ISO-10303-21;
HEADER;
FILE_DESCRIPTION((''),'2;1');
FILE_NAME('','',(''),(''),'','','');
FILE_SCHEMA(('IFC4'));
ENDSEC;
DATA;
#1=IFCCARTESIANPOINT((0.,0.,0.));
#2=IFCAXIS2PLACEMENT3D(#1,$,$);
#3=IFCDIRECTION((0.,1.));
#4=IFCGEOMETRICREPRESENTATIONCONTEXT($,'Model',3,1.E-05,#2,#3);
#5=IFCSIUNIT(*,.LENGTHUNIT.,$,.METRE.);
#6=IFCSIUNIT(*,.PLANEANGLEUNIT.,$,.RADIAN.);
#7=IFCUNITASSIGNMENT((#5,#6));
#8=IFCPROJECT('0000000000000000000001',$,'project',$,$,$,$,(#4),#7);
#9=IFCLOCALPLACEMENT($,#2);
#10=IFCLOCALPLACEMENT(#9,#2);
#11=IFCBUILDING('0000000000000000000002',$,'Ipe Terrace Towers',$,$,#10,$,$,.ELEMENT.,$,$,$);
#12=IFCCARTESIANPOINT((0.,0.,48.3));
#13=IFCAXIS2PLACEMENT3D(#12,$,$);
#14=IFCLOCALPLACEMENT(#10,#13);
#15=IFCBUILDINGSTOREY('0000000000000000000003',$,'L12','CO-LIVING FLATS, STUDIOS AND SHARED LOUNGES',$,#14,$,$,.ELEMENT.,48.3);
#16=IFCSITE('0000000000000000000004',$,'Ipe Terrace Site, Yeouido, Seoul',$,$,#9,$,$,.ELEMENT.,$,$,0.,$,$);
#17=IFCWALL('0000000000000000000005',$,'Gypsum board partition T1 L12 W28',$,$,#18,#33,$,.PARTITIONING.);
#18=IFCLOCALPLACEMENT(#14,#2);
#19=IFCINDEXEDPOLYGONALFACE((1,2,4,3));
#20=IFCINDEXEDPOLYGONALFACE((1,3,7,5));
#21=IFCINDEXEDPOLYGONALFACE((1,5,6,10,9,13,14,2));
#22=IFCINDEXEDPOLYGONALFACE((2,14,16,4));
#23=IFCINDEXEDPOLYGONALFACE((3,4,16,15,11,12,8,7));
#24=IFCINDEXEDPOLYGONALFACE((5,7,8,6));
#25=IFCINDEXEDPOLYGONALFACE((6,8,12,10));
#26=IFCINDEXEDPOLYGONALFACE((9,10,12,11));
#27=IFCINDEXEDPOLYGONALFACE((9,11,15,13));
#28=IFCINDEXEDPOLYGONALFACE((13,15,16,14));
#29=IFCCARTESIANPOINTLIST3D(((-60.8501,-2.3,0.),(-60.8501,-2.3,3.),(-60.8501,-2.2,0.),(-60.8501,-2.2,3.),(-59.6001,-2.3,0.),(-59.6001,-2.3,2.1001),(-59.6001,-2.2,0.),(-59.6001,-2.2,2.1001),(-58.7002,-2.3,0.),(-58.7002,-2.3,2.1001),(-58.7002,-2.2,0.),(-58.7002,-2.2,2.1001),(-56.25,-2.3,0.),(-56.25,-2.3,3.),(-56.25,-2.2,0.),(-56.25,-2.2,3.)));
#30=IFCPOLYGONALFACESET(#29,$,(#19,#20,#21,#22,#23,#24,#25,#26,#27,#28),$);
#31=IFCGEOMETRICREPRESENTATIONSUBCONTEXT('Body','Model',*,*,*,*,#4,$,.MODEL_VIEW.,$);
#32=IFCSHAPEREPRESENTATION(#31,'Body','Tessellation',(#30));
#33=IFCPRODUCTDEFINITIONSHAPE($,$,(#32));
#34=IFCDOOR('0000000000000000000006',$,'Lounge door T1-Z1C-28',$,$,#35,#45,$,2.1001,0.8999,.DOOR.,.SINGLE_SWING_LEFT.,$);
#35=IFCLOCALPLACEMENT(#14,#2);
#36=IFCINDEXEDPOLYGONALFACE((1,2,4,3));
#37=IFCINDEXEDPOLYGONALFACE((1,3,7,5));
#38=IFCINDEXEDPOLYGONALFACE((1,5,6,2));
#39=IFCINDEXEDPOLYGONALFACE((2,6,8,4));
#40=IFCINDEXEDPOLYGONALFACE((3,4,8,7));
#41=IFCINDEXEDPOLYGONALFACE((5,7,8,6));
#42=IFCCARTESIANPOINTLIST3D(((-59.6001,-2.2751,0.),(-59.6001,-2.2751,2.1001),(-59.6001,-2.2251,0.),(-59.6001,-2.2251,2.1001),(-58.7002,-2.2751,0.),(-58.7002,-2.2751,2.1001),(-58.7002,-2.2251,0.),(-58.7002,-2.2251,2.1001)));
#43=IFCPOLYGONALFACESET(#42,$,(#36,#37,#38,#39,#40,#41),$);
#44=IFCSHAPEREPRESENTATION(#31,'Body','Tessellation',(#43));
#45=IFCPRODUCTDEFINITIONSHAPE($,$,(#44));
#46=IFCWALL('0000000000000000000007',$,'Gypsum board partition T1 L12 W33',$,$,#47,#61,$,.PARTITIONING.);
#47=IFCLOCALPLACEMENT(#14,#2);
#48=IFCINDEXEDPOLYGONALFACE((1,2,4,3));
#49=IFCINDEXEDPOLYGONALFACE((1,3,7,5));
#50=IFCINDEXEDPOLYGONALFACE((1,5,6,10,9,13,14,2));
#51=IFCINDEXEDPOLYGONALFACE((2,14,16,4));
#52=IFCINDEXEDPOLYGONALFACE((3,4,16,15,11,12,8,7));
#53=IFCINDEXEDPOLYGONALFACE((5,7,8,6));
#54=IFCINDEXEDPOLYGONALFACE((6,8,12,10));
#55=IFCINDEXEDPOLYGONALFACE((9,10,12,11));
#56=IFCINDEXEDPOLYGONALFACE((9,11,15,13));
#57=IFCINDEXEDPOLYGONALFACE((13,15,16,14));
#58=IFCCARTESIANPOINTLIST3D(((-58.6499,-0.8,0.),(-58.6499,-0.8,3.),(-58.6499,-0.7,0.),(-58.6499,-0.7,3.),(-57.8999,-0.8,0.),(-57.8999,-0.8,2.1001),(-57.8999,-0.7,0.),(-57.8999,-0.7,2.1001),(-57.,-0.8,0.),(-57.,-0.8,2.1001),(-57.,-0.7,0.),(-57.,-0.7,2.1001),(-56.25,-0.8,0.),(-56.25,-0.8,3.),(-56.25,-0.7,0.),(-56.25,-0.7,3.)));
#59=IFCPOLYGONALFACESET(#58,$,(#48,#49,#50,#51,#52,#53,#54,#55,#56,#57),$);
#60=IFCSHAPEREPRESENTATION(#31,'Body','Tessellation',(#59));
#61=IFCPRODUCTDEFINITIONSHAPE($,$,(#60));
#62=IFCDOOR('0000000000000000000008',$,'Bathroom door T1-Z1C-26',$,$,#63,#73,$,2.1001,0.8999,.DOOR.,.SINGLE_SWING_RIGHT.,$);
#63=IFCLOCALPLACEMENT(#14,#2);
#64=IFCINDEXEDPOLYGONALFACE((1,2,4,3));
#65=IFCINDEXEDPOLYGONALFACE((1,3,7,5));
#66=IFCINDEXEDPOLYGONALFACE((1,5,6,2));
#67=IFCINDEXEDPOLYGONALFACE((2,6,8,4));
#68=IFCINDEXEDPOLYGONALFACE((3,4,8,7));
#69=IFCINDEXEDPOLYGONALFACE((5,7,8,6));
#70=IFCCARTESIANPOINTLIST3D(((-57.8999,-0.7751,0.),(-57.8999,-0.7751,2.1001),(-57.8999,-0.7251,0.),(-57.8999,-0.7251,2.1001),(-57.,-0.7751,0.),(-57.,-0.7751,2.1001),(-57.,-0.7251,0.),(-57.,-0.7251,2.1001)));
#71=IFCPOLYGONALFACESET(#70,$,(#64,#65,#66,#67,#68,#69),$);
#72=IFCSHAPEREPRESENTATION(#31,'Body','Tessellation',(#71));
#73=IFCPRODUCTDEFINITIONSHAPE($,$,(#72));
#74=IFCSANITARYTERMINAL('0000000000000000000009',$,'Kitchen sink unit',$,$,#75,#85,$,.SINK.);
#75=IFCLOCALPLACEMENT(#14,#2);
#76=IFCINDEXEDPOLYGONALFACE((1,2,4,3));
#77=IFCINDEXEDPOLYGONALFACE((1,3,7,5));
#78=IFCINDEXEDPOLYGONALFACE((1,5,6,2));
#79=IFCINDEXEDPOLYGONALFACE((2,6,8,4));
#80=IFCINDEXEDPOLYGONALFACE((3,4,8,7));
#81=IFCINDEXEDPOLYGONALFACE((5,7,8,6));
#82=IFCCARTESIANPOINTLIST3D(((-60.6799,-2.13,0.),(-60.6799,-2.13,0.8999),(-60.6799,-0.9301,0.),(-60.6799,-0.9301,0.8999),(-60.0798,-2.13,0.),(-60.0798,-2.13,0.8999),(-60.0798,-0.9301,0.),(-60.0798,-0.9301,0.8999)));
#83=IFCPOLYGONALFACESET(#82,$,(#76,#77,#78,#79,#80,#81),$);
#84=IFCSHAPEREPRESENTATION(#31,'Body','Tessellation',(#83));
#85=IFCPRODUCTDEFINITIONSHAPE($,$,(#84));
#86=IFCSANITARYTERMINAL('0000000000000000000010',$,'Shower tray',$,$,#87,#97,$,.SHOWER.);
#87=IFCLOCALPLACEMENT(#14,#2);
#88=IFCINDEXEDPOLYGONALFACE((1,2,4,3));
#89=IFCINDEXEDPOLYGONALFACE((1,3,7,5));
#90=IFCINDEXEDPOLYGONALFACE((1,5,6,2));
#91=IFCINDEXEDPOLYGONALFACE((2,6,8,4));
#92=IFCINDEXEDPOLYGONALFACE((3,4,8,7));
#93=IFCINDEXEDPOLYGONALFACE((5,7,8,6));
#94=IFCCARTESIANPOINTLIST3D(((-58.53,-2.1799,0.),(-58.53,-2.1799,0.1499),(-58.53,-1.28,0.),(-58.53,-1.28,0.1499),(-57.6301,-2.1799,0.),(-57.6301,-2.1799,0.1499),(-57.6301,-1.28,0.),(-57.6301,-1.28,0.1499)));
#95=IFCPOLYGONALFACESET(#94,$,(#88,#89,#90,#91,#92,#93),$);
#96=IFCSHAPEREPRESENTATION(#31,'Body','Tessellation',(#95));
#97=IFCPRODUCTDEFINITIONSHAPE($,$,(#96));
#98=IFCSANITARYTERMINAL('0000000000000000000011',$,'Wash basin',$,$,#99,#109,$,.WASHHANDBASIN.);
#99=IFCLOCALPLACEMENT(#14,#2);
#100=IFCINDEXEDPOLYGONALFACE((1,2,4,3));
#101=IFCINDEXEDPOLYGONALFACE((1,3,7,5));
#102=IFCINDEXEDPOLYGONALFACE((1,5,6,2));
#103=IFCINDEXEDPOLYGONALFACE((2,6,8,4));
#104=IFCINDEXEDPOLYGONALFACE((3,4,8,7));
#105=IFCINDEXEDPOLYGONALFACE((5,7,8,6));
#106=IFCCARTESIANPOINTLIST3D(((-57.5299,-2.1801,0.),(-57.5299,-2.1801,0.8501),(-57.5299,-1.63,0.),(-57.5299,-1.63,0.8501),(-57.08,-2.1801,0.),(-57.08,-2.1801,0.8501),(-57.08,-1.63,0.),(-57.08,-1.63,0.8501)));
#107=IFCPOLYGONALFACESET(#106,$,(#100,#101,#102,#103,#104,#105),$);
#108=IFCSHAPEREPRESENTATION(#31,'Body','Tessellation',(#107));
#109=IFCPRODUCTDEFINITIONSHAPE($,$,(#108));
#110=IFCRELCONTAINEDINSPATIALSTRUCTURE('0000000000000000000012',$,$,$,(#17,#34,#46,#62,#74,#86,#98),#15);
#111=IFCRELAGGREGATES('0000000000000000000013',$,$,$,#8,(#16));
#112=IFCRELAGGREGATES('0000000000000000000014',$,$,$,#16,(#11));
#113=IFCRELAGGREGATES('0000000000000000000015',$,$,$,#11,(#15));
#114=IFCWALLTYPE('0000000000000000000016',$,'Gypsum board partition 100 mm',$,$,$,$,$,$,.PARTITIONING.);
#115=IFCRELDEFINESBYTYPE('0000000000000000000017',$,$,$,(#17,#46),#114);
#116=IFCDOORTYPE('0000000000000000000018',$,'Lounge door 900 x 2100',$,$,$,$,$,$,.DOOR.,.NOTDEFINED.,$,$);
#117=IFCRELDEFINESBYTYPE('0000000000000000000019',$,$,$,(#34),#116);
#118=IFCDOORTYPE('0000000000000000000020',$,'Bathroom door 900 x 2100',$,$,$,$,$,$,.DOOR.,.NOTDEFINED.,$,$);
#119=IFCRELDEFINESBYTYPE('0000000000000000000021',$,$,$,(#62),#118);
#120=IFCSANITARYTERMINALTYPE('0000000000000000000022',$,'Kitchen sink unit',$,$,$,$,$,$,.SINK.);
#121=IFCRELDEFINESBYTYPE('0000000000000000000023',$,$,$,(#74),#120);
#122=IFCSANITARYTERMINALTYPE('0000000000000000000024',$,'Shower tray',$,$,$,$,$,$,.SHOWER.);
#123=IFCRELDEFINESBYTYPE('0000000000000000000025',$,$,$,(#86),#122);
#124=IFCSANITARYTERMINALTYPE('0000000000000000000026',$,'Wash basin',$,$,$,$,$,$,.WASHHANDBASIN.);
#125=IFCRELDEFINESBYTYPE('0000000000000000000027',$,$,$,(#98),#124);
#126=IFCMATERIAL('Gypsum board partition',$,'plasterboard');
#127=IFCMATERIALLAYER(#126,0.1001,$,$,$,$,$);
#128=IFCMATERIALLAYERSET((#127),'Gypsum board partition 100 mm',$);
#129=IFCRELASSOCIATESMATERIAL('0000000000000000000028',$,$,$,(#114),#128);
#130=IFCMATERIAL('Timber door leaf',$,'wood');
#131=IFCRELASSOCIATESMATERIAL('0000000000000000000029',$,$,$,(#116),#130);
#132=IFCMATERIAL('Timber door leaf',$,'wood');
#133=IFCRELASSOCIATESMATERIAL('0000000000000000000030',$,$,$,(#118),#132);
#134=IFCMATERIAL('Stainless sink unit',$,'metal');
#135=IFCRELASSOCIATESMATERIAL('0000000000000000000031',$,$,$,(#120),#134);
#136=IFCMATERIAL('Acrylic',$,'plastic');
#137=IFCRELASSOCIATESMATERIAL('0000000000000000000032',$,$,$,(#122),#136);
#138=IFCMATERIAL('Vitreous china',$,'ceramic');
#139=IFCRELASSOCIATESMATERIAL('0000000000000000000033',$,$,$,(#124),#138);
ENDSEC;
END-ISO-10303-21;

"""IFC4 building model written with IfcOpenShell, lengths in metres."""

from ifc_helpers import new_model, si_unit, direction, frame, frame_2d, origin, origin_2d, place, context, subcontext, project, spatial, rectangle, extrude, material, layer, layer_set, type_object, element, fill, save


model = new_model("IFC4")

# Units and contexts
model_context = context("Model", 3, precision=1e-05, world=origin(), true_north=direction((0.0, 1.0)))
body_context = subcontext(model_context, "Body", "Model", "MODEL_VIEW")
ifc_project = project(units=[si_unit("LENGTHUNIT", "METRE"), si_unit("PLANEANGLEUNIT", "RADIAN")], contexts=[model_context])

# Site, building, storey
site_placement = place(None, origin())
site = spatial("IfcSite", under=ifc_project, at=site_placement, Name="Ipe Terrace Site, Yeouido, Seoul", CompositionType="ELEMENT", RefElevation=0.0)
building_placement = place(site_placement, origin())
building = spatial("IfcBuilding", under=site, at=building_placement, Name="Ipe Terrace Towers", CompositionType="ELEMENT")
storey_placement = place(building_placement, frame((0.0, 0.0, 48.3)))
storey = spatial("IfcBuildingStorey", under=building, at=storey_placement, Name="L12", Description="CO-LIVING FLATS, STUDIOS AND SHARED LOUNGES", CompositionType="ELEMENT", Elevation=48.3)

# Shared definitions
ifc_material_1 = material(Name="Gypsum board partition", Category="plasterboard")
ifc_layer_1 = layer(ifc_material_1, 0.1001)
ifc_layer_set_1 = layer_set([ifc_layer_1], Name="Gypsum board partition 100 mm")
wall_type_1 = type_object("IfcWallType", Name="Gypsum board partition 100 mm", PredefinedType="PARTITIONING", material=ifc_layer_set_1)

# Walls, openings, doors
wall_1_placement = place(storey_placement, frame((-60.8501, -2.25, 0.0), z_axis=(0.0, 0.0, 1.0), x_axis=(1.0, 0.0, 0.0)))
wall_1 = element("IfcWall", 1, at=wall_1_placement, inside=storey, type_object=wall_type_1, Name="Gypsum board partition T1 L12 W28", PredefinedType="PARTITIONING", context=body_context, shape_type="SweptSolid", body=[
    extrude(rectangle(XDim=4.6001, YDim=0.1001, at=frame_2d((2.3, 0.0))), origin(), (0.0, 0.0, 1.0), 3.0),
])
opening_1_placement = place(wall_1_placement, frame((1.25, 0.0, 0.0)))
opening_1 = element("IfcOpeningElement", 2, at=opening_1_placement, cuts=wall_1, PredefinedType="OPENING", context=body_context, shape_type="SweptSolid", body=[
    extrude(rectangle(XDim=0.8999, YDim=2.1001, at=frame_2d((0.45, 1.05))), frame((0.0, 0.0601, 0.0), z_axis=(0.0, -1.0, 0.0), x_axis=(1.0, 0.0, 0.0)), (0.0, 0.0, 1.0), 0.1201),
])
ifc_material_2 = material(Name="Timber door leaf", Category="wood")
door_type_1 = type_object("IfcDoorType", Name="Lounge door 900 x 2100", OperationType="NOTDEFINED", PredefinedType="DOOR", material=ifc_material_2)
door_1_placement = place(opening_1_placement, origin())
door_1 = element("IfcDoor", 3, at=door_1_placement, inside=storey, type_object=door_type_1, Name="Lounge door T1-Z1C-28", OperationType="SINGLE_SWING_LEFT", OverallHeight=2.1001, OverallWidth=0.8999, PredefinedType="DOOR", context=body_context, shape_type="SweptSolid", body=[
    extrude(rectangle(XDim=0.8999, YDim=2.1001, at=frame_2d((0.45, 1.05))), frame((0.0, 0.0249, 0.0), z_axis=(0.0, -1.0, 0.0), x_axis=(1.0, 0.0, 0.0)), (0.0, 0.0, 1.0), 0.05),
])
fill(opening_1, door_1)
wall_2_placement = place(storey_placement, frame((-58.6499, -0.75, 0.0), z_axis=(0.0, 0.0, 1.0), x_axis=(1.0, 0.0, 0.0)))
wall_2 = element("IfcWall", 4, at=wall_2_placement, inside=storey, type_object=wall_type_1, Name="Gypsum board partition T1 L12 W33", PredefinedType="PARTITIONING", context=body_context, shape_type="SweptSolid", body=[
    extrude(rectangle(XDim=2.3999, YDim=0.1001, at=frame_2d((1.2, 0.0))), origin(), (0.0, 0.0, 1.0), 3.0),
])
opening_2_placement = place(wall_2_placement, frame((0.75, 0.0, 0.0)))
opening_2 = element("IfcOpeningElement", 5, at=opening_2_placement, cuts=wall_2, PredefinedType="OPENING", context=body_context, shape_type="SweptSolid", body=[
    extrude(rectangle(XDim=0.8999, YDim=2.1001, at=frame_2d((0.45, 1.05))), frame((0.0, 0.0601, 0.0), z_axis=(0.0, -1.0, 0.0), x_axis=(1.0, 0.0, 0.0)), (0.0, 0.0, 1.0), 0.1201),
])
ifc_material_3 = material(Name="Timber door leaf", Category="wood")
door_type_2 = type_object("IfcDoorType", Name="Bathroom door 900 x 2100", OperationType="NOTDEFINED", PredefinedType="DOOR", material=ifc_material_3)
door_2_placement = place(opening_2_placement, origin())
door_2 = element("IfcDoor", 6, at=door_2_placement, inside=storey, type_object=door_type_2, Name="Bathroom door T1-Z1C-26", OperationType="SINGLE_SWING_RIGHT", OverallHeight=2.1001, OverallWidth=0.8999, PredefinedType="DOOR", context=body_context, shape_type="SweptSolid", body=[
    extrude(rectangle(XDim=0.8999, YDim=2.1001, at=frame_2d((0.45, 1.05))), frame((0.0, 0.0249, 0.0), z_axis=(0.0, -1.0, 0.0), x_axis=(1.0, 0.0, 0.0)), (0.0, 0.0, 1.0), 0.05),
])
fill(opening_2, door_2)

# Sanitary terminals
ifc_material_4 = material(Name="Stainless sink unit", Category="metal")
sanitary_terminal_type_1 = type_object("IfcSanitaryTerminalType", Name="Kitchen sink unit", PredefinedType="SINK", material=ifc_material_4)
sanitary_terminal_1_placement = place(storey_placement, frame((-60.3799, -1.53, 0.0), z_axis=(0.0, 0.0, 1.0), x_axis=(0.0, 1.0, 0.0)))
element("IfcSanitaryTerminal", 7, at=sanitary_terminal_1_placement, inside=storey, type_object=sanitary_terminal_type_1, Name="Kitchen sink unit", PredefinedType="SINK", context=body_context, shape_type="SweptSolid", body=[
    extrude(rectangle(XDim=1.2, YDim=0.6001, at=origin_2d()), origin(), (0.0, 0.0, 1.0), 0.8999),
])
ifc_material_5 = material(Name="Acrylic", Category="plastic")
sanitary_terminal_type_2 = type_object("IfcSanitaryTerminalType", Name="Shower tray", PredefinedType="SHOWER", material=ifc_material_5)
sanitary_terminal_2_placement = place(storey_placement, frame((-58.0801, -1.73, 0.0), z_axis=(0.0, 0.0, 1.0), x_axis=(0.0, 1.0, 0.0)))
element("IfcSanitaryTerminal", 8, at=sanitary_terminal_2_placement, inside=storey, type_object=sanitary_terminal_type_2, Name="Shower tray", PredefinedType="SHOWER", context=body_context, shape_type="SweptSolid", body=[
    extrude(rectangle(XDim=0.8999, YDim=0.8999, at=origin_2d()), origin(), (0.0, 0.0, 1.0), 0.1499),
])
ifc_material_6 = material(Name="Vitreous china", Category="ceramic")
sanitary_terminal_type_3 = type_object("IfcSanitaryTerminalType", Name="Wash basin", PredefinedType="WASHHANDBASIN", material=ifc_material_6)
sanitary_terminal_3_placement = place(storey_placement, frame((-57.3049, -1.905, 0.0), z_axis=(0.0, 0.0, 1.0), x_axis=(0.0, 1.0, 0.0)))
element("IfcSanitaryTerminal", 9, at=sanitary_terminal_3_placement, inside=storey, type_object=sanitary_terminal_type_3, Name="Wash basin", PredefinedType="WASHHANDBASIN", context=body_context, shape_type="SweptSolid", body=[
    extrude(rectangle(XDim=0.55, YDim=0.45, at=origin_2d()), origin(), (0.0, 0.0, 1.0), 0.8501),
])

save(model, "model.ifc")
